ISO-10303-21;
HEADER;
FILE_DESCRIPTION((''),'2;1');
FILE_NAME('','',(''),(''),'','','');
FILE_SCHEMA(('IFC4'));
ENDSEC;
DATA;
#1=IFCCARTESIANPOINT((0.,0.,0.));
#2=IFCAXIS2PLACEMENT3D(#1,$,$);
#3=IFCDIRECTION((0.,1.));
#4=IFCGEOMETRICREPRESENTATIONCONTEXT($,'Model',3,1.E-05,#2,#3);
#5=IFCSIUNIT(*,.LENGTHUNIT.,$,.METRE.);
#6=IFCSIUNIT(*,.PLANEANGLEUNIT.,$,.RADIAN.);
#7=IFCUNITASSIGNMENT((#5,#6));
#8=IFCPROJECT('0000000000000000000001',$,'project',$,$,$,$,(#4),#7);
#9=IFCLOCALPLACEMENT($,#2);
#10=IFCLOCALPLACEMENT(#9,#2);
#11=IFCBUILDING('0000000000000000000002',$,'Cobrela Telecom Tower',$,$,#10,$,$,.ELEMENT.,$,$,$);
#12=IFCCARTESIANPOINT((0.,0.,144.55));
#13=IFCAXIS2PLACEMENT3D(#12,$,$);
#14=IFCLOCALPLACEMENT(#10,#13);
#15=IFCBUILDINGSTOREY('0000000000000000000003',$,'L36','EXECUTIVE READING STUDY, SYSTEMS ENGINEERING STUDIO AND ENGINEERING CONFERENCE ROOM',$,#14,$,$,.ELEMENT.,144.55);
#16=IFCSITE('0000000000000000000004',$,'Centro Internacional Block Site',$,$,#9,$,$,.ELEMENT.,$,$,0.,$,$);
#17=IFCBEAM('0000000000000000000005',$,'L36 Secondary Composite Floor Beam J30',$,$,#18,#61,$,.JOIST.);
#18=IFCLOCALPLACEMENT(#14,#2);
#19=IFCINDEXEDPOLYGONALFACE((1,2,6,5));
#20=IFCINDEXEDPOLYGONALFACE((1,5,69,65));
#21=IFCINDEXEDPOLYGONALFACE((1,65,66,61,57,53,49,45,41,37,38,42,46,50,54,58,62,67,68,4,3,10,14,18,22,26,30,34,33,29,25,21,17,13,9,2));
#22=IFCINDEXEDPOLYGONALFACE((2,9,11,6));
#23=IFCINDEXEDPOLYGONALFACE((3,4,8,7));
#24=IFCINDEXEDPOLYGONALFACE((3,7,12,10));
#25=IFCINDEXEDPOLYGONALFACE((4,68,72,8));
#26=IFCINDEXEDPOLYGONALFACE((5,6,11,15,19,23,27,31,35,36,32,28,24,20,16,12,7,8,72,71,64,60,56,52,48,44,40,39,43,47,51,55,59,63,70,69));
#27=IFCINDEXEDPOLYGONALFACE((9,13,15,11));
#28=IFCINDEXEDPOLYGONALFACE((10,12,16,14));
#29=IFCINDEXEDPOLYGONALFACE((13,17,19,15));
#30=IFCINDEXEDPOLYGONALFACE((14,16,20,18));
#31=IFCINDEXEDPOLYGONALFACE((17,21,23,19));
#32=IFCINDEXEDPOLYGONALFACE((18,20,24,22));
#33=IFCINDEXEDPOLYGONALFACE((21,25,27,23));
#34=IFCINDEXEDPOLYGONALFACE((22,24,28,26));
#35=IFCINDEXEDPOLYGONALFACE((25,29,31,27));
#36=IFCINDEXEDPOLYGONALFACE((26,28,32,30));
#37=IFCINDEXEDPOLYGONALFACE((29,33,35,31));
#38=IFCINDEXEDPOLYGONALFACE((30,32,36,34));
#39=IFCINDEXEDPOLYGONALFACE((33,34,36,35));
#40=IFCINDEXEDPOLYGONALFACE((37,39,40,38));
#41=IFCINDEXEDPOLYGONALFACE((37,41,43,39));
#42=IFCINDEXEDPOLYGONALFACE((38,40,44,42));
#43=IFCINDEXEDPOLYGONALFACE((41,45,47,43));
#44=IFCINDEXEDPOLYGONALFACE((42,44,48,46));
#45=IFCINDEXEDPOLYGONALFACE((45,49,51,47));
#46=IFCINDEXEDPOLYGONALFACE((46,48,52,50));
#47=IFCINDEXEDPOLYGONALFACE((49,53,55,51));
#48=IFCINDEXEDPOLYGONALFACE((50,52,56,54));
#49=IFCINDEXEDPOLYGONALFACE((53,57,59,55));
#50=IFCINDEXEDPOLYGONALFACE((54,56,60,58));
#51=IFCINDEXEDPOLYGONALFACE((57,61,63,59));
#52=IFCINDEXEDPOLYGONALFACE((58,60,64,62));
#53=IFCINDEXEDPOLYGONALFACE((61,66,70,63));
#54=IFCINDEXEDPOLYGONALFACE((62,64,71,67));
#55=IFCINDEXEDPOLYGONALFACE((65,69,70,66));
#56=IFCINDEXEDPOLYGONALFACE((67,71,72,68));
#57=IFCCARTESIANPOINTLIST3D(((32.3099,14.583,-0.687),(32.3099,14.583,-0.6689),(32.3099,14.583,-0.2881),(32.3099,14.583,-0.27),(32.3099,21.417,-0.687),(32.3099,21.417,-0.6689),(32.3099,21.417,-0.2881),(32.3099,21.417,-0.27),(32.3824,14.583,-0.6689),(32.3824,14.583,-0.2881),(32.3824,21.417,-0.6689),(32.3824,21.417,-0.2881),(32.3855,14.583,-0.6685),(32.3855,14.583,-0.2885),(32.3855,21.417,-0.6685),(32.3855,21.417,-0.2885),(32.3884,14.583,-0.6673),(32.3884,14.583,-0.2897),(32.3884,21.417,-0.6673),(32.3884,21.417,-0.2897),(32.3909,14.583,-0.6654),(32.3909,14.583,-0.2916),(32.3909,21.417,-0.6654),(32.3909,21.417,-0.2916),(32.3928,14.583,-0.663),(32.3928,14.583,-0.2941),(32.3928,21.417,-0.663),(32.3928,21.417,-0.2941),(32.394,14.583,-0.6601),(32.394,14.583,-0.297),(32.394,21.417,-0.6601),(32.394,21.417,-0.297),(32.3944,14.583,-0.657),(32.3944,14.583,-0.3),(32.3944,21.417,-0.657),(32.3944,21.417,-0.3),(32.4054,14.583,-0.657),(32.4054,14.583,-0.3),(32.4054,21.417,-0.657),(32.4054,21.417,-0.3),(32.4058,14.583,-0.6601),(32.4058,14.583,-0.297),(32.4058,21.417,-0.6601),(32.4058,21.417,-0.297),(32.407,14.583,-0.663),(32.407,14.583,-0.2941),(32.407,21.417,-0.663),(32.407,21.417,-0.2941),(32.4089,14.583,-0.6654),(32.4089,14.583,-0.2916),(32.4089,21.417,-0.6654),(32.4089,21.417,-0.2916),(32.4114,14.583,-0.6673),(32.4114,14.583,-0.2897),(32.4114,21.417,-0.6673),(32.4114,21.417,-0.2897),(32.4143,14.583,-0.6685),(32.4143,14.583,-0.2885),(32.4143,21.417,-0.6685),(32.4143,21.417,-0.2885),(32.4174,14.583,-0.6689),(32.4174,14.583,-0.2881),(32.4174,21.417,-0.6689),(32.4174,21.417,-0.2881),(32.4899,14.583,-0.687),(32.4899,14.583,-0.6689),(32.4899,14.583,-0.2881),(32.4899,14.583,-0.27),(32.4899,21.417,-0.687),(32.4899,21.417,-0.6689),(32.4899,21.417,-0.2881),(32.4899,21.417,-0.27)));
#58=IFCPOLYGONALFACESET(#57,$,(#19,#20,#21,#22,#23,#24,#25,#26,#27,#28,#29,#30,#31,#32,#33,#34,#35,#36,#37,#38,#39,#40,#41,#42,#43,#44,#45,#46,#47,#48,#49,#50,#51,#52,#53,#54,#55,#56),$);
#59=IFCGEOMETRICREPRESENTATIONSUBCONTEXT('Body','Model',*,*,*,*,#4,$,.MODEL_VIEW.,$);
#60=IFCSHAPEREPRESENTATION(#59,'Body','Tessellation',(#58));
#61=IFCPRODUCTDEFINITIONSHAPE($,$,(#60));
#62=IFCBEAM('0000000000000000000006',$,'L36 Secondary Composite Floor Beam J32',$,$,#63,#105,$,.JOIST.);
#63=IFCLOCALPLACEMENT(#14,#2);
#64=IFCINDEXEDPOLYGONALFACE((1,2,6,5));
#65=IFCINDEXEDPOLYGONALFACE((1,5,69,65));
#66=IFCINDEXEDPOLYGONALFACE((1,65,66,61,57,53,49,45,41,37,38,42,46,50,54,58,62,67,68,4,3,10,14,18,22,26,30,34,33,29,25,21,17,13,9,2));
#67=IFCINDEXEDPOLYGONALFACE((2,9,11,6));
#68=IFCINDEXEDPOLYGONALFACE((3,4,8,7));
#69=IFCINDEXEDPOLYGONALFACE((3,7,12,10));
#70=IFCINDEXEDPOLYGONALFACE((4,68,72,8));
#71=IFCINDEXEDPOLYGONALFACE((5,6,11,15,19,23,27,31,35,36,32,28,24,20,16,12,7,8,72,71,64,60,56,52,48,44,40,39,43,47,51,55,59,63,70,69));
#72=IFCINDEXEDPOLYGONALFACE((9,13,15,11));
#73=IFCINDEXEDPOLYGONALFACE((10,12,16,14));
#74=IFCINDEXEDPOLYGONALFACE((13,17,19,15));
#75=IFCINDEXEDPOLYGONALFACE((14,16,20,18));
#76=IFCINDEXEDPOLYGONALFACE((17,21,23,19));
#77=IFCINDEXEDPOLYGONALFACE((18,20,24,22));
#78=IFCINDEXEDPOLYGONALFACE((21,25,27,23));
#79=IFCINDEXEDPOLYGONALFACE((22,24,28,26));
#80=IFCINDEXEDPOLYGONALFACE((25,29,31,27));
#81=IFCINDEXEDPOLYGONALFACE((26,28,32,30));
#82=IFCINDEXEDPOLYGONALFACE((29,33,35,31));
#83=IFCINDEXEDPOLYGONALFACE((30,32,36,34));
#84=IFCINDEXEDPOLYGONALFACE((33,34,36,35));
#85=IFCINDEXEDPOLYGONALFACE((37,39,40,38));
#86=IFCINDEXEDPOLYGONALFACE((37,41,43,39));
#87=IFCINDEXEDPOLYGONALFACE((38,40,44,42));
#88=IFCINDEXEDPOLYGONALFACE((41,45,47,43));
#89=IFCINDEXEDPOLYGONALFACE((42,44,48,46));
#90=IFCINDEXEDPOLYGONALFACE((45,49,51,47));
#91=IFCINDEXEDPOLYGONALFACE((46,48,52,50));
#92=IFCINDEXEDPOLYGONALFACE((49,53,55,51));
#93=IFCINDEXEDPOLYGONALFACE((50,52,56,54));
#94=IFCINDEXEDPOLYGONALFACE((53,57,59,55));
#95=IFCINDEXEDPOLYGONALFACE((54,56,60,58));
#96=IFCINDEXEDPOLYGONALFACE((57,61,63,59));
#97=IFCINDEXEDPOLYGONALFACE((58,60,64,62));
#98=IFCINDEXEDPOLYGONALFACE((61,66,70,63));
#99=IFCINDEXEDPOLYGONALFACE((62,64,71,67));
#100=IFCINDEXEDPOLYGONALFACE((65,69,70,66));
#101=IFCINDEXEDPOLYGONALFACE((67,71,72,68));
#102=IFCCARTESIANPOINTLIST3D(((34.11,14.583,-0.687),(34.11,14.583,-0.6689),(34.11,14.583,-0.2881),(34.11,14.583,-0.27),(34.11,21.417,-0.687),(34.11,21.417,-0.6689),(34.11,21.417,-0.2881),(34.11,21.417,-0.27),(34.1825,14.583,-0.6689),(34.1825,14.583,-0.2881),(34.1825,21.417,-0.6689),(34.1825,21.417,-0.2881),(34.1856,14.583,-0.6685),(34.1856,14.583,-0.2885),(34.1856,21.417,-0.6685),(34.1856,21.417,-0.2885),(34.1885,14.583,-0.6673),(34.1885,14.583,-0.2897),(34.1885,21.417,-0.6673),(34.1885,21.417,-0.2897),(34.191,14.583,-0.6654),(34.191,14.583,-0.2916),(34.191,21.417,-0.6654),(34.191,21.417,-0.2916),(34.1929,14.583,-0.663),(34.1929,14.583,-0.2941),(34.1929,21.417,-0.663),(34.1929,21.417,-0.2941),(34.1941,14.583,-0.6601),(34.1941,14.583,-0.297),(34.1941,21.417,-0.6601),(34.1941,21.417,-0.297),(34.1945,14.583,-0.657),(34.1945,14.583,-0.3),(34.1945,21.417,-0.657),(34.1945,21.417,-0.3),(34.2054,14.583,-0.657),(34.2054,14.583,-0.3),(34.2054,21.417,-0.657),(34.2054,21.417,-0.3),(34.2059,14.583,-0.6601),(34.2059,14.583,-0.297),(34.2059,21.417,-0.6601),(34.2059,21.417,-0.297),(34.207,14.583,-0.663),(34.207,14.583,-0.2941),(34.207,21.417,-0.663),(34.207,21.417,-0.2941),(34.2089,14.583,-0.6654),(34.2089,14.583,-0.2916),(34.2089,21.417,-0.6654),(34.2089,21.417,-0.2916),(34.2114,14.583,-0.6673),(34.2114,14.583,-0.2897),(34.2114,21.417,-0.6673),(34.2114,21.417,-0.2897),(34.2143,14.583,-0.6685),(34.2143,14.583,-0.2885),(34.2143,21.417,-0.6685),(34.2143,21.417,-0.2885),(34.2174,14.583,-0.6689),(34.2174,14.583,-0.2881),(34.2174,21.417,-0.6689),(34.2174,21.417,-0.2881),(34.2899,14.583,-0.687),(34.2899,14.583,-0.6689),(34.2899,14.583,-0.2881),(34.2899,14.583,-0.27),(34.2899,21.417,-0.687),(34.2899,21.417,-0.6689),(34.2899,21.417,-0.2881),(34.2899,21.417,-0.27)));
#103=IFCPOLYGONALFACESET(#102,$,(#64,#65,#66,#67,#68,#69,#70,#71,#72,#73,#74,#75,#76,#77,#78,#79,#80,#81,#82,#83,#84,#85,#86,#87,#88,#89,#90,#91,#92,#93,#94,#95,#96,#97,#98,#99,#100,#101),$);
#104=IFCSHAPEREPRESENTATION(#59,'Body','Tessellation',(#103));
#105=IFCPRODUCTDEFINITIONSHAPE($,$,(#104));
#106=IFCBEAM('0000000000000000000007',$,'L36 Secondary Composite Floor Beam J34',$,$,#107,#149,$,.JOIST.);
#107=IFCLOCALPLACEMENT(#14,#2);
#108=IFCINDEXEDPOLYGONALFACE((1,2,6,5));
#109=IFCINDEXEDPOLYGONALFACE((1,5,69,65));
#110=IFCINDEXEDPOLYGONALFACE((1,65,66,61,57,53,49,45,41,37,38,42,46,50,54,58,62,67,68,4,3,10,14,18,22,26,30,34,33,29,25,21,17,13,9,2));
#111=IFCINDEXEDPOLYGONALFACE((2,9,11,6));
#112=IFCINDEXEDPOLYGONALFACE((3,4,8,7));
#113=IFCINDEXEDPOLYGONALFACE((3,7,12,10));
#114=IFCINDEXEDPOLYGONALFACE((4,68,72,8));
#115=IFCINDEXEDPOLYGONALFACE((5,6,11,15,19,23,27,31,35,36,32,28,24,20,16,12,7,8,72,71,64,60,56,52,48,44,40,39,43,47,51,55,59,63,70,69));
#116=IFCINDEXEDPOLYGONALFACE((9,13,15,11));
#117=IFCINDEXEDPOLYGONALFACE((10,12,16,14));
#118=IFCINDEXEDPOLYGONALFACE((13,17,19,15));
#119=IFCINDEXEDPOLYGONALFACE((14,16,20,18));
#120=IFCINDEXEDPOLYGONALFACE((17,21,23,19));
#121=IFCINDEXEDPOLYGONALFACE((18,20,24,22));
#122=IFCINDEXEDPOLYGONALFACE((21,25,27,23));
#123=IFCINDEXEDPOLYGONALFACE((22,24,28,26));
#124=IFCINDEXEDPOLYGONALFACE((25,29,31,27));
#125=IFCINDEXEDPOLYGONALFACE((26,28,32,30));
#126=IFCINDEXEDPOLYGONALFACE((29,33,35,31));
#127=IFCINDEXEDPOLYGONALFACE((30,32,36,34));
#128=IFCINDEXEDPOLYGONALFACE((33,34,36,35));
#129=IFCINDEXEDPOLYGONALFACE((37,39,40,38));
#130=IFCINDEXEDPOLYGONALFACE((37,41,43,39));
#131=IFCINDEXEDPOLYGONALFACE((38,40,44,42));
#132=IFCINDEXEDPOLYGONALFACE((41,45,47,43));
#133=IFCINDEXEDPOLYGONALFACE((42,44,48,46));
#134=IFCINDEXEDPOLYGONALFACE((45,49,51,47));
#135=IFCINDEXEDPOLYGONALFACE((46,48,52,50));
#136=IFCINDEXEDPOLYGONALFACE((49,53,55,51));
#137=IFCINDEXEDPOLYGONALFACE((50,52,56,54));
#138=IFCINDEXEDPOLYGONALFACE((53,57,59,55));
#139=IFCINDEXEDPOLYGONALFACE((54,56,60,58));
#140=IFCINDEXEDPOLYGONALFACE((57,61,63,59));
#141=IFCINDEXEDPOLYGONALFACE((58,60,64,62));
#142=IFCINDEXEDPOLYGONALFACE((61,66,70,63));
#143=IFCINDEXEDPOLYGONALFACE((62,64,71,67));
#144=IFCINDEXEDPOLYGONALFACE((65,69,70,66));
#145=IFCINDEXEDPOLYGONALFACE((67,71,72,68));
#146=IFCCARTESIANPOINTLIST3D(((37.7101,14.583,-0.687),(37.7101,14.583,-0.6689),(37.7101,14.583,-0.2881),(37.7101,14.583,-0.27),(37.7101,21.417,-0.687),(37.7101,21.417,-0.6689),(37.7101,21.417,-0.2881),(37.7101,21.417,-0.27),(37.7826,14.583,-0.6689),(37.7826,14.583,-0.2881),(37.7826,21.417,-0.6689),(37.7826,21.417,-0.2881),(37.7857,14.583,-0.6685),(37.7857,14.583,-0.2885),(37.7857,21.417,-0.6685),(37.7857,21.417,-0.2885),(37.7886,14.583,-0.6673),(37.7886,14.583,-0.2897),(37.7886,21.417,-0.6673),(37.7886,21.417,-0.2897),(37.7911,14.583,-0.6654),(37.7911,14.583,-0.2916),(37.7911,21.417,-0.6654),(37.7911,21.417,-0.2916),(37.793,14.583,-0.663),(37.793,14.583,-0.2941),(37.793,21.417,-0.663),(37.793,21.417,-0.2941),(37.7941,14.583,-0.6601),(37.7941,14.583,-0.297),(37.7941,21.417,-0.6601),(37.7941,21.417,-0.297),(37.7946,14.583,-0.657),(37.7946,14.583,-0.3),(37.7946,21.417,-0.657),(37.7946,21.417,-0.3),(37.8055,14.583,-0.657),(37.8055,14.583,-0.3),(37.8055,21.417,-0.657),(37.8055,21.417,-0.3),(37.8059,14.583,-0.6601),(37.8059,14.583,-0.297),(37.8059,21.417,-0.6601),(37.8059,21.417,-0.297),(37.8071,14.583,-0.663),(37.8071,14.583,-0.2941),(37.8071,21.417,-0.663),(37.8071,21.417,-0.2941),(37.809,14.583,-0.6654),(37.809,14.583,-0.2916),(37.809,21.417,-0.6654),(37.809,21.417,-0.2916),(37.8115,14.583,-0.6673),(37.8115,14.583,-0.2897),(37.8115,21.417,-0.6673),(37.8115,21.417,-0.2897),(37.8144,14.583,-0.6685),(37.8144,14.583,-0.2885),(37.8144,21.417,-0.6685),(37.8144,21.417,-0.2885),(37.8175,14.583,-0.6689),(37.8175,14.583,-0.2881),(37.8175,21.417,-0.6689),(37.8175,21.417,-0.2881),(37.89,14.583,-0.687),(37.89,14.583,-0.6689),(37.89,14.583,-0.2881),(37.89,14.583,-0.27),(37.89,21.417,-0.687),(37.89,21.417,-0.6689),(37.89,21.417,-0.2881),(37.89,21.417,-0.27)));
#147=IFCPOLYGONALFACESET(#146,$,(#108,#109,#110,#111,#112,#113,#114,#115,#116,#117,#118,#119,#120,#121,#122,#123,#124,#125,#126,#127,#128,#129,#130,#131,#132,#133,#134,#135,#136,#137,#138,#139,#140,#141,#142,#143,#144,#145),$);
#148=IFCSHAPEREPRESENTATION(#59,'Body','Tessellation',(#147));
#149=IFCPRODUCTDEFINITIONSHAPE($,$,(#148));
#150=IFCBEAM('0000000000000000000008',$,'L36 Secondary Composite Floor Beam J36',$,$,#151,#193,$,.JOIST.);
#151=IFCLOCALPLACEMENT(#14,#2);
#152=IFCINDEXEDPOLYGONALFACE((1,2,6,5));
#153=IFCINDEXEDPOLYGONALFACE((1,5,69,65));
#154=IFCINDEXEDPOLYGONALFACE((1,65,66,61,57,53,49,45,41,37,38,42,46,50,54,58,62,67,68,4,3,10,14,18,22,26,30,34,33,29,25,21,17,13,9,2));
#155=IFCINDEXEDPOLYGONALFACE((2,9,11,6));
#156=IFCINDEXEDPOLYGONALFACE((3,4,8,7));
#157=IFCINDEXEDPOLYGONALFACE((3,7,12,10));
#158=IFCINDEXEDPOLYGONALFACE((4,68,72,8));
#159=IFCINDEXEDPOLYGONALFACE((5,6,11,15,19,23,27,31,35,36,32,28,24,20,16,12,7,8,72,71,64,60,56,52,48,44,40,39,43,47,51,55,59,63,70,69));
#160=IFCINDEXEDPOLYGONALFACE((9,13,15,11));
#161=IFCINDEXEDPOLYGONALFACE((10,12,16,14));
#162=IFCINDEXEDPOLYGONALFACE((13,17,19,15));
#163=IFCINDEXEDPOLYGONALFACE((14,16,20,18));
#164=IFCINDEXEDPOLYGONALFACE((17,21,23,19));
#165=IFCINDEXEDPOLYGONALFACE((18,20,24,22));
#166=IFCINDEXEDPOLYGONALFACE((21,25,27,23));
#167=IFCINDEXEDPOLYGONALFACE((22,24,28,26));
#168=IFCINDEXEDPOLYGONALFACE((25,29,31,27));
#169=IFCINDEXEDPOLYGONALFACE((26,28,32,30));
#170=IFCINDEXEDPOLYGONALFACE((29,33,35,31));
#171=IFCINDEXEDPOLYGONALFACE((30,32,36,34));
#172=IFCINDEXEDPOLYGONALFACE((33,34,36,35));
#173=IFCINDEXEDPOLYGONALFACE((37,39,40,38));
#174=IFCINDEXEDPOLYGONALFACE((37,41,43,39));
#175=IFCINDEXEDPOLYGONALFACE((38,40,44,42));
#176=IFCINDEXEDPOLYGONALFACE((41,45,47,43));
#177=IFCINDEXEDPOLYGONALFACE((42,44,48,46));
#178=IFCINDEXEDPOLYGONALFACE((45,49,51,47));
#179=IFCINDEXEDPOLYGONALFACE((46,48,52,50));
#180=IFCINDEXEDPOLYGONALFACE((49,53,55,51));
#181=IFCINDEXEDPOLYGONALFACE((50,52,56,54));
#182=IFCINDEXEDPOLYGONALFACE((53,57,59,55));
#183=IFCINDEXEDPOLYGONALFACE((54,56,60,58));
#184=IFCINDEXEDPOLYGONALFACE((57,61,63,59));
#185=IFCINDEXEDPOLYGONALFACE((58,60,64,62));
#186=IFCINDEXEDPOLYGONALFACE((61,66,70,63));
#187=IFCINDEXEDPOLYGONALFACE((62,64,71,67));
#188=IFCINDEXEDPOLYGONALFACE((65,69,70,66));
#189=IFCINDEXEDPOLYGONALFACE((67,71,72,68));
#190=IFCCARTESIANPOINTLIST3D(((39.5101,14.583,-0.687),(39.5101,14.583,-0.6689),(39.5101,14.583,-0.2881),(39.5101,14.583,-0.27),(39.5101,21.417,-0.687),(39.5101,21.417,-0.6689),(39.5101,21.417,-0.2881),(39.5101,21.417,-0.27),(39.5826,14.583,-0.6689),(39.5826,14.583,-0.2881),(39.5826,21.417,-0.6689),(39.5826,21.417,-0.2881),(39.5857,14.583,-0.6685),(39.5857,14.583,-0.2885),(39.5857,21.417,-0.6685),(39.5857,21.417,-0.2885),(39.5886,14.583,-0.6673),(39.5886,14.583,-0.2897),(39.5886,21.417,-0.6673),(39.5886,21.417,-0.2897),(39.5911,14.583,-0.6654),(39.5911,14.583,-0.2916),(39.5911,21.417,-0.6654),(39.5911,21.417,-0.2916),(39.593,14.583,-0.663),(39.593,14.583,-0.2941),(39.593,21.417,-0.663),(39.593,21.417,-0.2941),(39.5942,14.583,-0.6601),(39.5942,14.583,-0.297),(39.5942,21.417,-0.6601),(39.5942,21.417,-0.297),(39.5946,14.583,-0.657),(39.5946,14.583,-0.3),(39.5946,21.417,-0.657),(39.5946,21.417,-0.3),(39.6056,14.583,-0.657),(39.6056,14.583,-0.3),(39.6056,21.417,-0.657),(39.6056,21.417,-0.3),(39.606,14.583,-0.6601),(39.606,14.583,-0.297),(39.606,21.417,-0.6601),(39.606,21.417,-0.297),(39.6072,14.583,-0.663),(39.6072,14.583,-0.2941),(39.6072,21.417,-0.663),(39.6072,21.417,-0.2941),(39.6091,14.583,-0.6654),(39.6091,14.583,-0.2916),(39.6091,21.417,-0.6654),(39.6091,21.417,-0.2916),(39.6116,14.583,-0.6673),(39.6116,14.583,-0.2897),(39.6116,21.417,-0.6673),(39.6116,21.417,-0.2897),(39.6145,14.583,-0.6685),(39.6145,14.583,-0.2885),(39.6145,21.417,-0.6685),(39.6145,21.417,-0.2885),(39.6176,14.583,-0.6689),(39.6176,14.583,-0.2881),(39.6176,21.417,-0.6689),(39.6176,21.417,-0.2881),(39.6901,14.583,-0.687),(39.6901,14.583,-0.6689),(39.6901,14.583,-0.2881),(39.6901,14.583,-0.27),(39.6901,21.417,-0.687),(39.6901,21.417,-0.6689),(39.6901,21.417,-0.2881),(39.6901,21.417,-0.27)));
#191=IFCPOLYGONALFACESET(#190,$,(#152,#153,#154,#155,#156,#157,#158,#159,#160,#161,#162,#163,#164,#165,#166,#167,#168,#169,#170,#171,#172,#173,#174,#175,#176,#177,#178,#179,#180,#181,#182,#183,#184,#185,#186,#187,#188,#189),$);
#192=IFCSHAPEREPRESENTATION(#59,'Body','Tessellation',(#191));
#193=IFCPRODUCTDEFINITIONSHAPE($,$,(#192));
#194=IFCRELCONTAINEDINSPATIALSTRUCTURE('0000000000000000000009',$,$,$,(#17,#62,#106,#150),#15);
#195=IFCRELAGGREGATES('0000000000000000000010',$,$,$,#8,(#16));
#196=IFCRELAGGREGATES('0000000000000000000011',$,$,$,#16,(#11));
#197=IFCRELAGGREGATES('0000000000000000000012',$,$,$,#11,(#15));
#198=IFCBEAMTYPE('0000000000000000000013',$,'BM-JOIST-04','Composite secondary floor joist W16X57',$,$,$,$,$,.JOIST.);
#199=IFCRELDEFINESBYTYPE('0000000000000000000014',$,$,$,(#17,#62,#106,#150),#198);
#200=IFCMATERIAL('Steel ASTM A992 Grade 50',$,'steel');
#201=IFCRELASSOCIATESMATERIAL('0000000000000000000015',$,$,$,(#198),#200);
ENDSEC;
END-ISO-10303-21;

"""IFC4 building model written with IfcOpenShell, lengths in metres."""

from ifc_helpers import new_model, si_unit, direction, frame, origin, origin_2d, place, context, subcontext, project, spatial, i_section, extrude, material, material_profile, profile_set, type_object, element, save


model = new_model("IFC4")

# Units and contexts
model_context = context("Model", 3, precision=1e-05, world=origin(), true_north=direction((0.0, 1.0)))
body_context = subcontext(model_context, "Body", "Model", "MODEL_VIEW")
ifc_project = project(units=[si_unit("LENGTHUNIT", "METRE"), si_unit("PLANEANGLEUNIT", "RADIAN")], contexts=[model_context])

# Site, building, storey
site_placement = place(None, origin())
site = spatial("IfcSite", under=ifc_project, at=site_placement, Name="Centro Internacional Block Site", CompositionType="ELEMENT", RefElevation=0.0)
building_placement = place(site_placement, origin())
building = spatial("IfcBuilding", under=site, at=building_placement, Name="Cobrela Telecom Tower", CompositionType="ELEMENT")
storey_placement = place(building_placement, frame((0.0, 0.0, 144.55)))
storey = spatial("IfcBuildingStorey", under=building, at=storey_placement, Name="L36", Description="EXECUTIVE READING STUDY, SYSTEMS ENGINEERING STUDIO AND ENGINEERING CONFERENCE ROOM", CompositionType="ELEMENT", Elevation=144.55)

# Shared definitions
ifc_material_1 = material(Name="Steel ASTM A992 Grade 50", Category="steel")

# Beams
ifc_material_profile_1 = material_profile(ifc_material_1, i_section(OverallWidth=0.1799, OverallDepth=0.417, WebThickness=0.011, FlangeThickness=0.0181, FilletRadius=0.012, at=origin_2d()), Name="W16X57")
ifc_profile_set_1 = profile_set([ifc_material_profile_1], Name="Steel ASTM A992 Grade 50")
beam_type_1 = type_object("IfcBeamType", Name="BM-JOIST-04", Description="Composite secondary floor joist W16X57", PredefinedType="JOIST", material=ifc_profile_set_1)
for number, where, z_axis, x_axis, name in (
    (1, (32.3999, 14.583, -0.4785), (0.0, 1.0, 0.0), (-1.0, 0.0, 0.0), "L36 Secondary Composite Floor Beam J30"),
    (2, (34.2, 14.583, -0.4785), (0.0, 1.0, 0.0), (-1.0, 0.0, 0.0), "L36 Secondary Composite Floor Beam J32"),
    (3, (37.8, 14.583, -0.4785), (0.0, 1.0, 0.0), (-1.0, 0.0, 0.0), "L36 Secondary Composite Floor Beam J34"),
    (4, (39.6001, 14.583, -0.4785), (0.0, 1.0, 0.0), (-1.0, 0.0, 0.0), "L36 Secondary Composite Floor Beam J36"),
):
    element("IfcBeam", number, at=place(storey_placement, frame(where, z_axis=z_axis, x_axis=x_axis)), inside=storey, type_object=beam_type_1, Name=name, PredefinedType="JOIST", context=body_context, shape_type="SweptSolid", body=[
        extrude(i_section(OverallWidth=0.1799, OverallDepth=0.417, WebThickness=0.011, FlangeThickness=0.0181, FilletRadius=0.012, at=origin_2d()), origin(), (0.0, 0.0, 1.0), 6.834),
    ])

save(model, "model.ifc")
